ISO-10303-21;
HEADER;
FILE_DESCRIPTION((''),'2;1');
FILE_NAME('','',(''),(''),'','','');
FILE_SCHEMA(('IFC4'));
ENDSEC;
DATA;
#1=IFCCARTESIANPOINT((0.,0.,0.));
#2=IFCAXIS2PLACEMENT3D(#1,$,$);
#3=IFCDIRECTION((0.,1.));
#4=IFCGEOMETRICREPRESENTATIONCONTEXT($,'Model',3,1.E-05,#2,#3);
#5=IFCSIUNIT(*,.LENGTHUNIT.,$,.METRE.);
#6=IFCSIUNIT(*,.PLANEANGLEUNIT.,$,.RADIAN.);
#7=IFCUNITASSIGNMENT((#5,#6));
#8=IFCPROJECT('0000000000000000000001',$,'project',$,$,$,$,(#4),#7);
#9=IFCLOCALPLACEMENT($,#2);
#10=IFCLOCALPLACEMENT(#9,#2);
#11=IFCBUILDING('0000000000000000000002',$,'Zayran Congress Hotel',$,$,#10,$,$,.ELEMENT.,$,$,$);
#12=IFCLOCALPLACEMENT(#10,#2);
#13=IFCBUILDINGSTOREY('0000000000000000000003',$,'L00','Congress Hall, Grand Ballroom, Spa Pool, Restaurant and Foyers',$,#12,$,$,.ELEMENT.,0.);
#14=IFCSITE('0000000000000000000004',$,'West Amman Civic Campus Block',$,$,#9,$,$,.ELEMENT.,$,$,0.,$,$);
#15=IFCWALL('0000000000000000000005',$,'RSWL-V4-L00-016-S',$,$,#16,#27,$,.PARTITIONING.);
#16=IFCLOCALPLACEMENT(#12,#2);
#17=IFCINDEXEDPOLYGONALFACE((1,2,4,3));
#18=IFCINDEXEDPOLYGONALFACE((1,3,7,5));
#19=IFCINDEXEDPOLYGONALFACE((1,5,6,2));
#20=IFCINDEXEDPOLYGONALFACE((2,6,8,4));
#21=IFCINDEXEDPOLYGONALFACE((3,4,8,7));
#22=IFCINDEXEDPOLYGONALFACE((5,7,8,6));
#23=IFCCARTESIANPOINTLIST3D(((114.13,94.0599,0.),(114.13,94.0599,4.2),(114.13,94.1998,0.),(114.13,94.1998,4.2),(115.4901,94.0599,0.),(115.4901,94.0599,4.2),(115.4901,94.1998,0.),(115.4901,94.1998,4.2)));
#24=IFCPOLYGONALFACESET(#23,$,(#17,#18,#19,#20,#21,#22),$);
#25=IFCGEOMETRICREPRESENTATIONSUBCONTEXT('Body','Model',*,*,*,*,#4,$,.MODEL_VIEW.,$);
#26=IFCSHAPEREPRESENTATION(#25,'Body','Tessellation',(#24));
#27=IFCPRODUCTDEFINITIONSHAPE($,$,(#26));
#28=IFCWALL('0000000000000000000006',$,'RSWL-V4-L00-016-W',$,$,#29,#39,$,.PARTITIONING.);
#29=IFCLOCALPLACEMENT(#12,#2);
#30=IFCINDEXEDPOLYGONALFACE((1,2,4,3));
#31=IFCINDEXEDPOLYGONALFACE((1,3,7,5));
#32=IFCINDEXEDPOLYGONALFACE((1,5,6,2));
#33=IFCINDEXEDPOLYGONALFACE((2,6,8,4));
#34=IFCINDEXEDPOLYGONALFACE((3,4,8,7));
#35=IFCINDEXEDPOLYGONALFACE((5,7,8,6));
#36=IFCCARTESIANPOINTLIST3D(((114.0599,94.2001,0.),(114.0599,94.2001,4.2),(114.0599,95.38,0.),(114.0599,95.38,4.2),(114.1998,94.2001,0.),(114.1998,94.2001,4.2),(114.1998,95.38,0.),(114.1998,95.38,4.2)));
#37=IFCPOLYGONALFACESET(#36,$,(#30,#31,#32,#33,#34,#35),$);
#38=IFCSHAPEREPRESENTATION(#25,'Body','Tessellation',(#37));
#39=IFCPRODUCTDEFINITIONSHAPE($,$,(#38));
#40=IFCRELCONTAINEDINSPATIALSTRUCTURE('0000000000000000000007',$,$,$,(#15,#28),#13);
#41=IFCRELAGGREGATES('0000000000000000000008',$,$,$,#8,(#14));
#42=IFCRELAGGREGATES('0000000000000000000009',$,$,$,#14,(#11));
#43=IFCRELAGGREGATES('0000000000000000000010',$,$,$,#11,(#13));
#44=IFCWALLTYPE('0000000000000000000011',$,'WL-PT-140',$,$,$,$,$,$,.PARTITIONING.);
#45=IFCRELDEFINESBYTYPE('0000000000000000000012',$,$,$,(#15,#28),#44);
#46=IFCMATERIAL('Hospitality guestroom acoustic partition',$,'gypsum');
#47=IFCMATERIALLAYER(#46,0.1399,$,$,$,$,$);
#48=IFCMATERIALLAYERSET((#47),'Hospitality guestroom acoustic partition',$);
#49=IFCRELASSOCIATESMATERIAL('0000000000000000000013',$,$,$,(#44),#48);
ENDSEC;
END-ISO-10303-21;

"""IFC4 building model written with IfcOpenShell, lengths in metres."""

from ifc_helpers import new_model, si_unit, direction, frame, frame_2d, origin, place, context, subcontext, project, spatial, rectangle, extrude, material, layer, layer_set, type_object, element, save


model = new_model("IFC4")

# Units and contexts
model_context = context("Model", 3, precision=1e-05, world=origin(), true_north=direction((0.0, 1.0)))
body_context = subcontext(model_context, "Body", "Model", "MODEL_VIEW")
ifc_project = project(units=[si_unit("LENGTHUNIT", "METRE"), si_unit("PLANEANGLEUNIT", "RADIAN")], contexts=[model_context])

# Site, building, storey
site_placement = place(None, origin())
site = spatial("IfcSite", under=ifc_project, at=site_placement, Name="West Amman Civic Campus Block", CompositionType="ELEMENT", RefElevation=0.0)
building_placement = place(site_placement, origin())
building = spatial("IfcBuilding", under=site, at=building_placement, Name="Zayran Congress Hotel", CompositionType="ELEMENT")
storey_placement = place(building_placement, origin())
storey = spatial("IfcBuildingStorey", under=building, at=storey_placement, Name="L00", Description="Congress Hall, Grand Ballroom, Spa Pool, Restaurant and Foyers", CompositionType="ELEMENT", Elevation=0.0)

# Walls
ifc_material_1 = material(Name="Hospitality guestroom acoustic partition", Category="gypsum")
ifc_layer_1 = layer(ifc_material_1, 0.1399)
ifc_layer_set_1 = layer_set([ifc_layer_1], Name="Hospitality guestroom acoustic partition")
wall_type = type_object("IfcWallType", Name="WL-PT-140", PredefinedType="PARTITIONING", material=ifc_layer_set_1)
wall_1_placement = place(storey_placement, frame((114.1299, 94.1299, 0.0), z_axis=(0.0, 0.0, 1.0), x_axis=(1.0, 0.0, 0.0)))
element("IfcWall", 1, at=wall_1_placement, inside=storey, type_object=wall_type, Name="RSWL-V4-L00-016-S", PredefinedType="PARTITIONING", context=body_context, shape_type="SweptSolid", body=[
    extrude(rectangle(XDim=1.3601, YDim=0.1399, at=frame_2d((0.6802, 0.0))), origin(), (0.0, 0.0, 1.0), 4.2),
])
wall_2_placement = place(storey_placement, frame((114.1299, 95.3799, 0.0), z_axis=(0.0, 0.0, 1.0), x_axis=(0.0, -1.0, 0.0)))
element("IfcWall", 2, at=wall_2_placement, inside=storey, type_object=wall_type, Name="RSWL-V4-L00-016-W", PredefinedType="PARTITIONING", context=body_context, shape_type="SweptSolid", body=[
    extrude(rectangle(XDim=1.1799, YDim=0.1399, at=frame_2d((0.5898, 0.0))), origin(), (0.0, 0.0, 1.0), 4.2),
])

save(model, "model.ifc")
